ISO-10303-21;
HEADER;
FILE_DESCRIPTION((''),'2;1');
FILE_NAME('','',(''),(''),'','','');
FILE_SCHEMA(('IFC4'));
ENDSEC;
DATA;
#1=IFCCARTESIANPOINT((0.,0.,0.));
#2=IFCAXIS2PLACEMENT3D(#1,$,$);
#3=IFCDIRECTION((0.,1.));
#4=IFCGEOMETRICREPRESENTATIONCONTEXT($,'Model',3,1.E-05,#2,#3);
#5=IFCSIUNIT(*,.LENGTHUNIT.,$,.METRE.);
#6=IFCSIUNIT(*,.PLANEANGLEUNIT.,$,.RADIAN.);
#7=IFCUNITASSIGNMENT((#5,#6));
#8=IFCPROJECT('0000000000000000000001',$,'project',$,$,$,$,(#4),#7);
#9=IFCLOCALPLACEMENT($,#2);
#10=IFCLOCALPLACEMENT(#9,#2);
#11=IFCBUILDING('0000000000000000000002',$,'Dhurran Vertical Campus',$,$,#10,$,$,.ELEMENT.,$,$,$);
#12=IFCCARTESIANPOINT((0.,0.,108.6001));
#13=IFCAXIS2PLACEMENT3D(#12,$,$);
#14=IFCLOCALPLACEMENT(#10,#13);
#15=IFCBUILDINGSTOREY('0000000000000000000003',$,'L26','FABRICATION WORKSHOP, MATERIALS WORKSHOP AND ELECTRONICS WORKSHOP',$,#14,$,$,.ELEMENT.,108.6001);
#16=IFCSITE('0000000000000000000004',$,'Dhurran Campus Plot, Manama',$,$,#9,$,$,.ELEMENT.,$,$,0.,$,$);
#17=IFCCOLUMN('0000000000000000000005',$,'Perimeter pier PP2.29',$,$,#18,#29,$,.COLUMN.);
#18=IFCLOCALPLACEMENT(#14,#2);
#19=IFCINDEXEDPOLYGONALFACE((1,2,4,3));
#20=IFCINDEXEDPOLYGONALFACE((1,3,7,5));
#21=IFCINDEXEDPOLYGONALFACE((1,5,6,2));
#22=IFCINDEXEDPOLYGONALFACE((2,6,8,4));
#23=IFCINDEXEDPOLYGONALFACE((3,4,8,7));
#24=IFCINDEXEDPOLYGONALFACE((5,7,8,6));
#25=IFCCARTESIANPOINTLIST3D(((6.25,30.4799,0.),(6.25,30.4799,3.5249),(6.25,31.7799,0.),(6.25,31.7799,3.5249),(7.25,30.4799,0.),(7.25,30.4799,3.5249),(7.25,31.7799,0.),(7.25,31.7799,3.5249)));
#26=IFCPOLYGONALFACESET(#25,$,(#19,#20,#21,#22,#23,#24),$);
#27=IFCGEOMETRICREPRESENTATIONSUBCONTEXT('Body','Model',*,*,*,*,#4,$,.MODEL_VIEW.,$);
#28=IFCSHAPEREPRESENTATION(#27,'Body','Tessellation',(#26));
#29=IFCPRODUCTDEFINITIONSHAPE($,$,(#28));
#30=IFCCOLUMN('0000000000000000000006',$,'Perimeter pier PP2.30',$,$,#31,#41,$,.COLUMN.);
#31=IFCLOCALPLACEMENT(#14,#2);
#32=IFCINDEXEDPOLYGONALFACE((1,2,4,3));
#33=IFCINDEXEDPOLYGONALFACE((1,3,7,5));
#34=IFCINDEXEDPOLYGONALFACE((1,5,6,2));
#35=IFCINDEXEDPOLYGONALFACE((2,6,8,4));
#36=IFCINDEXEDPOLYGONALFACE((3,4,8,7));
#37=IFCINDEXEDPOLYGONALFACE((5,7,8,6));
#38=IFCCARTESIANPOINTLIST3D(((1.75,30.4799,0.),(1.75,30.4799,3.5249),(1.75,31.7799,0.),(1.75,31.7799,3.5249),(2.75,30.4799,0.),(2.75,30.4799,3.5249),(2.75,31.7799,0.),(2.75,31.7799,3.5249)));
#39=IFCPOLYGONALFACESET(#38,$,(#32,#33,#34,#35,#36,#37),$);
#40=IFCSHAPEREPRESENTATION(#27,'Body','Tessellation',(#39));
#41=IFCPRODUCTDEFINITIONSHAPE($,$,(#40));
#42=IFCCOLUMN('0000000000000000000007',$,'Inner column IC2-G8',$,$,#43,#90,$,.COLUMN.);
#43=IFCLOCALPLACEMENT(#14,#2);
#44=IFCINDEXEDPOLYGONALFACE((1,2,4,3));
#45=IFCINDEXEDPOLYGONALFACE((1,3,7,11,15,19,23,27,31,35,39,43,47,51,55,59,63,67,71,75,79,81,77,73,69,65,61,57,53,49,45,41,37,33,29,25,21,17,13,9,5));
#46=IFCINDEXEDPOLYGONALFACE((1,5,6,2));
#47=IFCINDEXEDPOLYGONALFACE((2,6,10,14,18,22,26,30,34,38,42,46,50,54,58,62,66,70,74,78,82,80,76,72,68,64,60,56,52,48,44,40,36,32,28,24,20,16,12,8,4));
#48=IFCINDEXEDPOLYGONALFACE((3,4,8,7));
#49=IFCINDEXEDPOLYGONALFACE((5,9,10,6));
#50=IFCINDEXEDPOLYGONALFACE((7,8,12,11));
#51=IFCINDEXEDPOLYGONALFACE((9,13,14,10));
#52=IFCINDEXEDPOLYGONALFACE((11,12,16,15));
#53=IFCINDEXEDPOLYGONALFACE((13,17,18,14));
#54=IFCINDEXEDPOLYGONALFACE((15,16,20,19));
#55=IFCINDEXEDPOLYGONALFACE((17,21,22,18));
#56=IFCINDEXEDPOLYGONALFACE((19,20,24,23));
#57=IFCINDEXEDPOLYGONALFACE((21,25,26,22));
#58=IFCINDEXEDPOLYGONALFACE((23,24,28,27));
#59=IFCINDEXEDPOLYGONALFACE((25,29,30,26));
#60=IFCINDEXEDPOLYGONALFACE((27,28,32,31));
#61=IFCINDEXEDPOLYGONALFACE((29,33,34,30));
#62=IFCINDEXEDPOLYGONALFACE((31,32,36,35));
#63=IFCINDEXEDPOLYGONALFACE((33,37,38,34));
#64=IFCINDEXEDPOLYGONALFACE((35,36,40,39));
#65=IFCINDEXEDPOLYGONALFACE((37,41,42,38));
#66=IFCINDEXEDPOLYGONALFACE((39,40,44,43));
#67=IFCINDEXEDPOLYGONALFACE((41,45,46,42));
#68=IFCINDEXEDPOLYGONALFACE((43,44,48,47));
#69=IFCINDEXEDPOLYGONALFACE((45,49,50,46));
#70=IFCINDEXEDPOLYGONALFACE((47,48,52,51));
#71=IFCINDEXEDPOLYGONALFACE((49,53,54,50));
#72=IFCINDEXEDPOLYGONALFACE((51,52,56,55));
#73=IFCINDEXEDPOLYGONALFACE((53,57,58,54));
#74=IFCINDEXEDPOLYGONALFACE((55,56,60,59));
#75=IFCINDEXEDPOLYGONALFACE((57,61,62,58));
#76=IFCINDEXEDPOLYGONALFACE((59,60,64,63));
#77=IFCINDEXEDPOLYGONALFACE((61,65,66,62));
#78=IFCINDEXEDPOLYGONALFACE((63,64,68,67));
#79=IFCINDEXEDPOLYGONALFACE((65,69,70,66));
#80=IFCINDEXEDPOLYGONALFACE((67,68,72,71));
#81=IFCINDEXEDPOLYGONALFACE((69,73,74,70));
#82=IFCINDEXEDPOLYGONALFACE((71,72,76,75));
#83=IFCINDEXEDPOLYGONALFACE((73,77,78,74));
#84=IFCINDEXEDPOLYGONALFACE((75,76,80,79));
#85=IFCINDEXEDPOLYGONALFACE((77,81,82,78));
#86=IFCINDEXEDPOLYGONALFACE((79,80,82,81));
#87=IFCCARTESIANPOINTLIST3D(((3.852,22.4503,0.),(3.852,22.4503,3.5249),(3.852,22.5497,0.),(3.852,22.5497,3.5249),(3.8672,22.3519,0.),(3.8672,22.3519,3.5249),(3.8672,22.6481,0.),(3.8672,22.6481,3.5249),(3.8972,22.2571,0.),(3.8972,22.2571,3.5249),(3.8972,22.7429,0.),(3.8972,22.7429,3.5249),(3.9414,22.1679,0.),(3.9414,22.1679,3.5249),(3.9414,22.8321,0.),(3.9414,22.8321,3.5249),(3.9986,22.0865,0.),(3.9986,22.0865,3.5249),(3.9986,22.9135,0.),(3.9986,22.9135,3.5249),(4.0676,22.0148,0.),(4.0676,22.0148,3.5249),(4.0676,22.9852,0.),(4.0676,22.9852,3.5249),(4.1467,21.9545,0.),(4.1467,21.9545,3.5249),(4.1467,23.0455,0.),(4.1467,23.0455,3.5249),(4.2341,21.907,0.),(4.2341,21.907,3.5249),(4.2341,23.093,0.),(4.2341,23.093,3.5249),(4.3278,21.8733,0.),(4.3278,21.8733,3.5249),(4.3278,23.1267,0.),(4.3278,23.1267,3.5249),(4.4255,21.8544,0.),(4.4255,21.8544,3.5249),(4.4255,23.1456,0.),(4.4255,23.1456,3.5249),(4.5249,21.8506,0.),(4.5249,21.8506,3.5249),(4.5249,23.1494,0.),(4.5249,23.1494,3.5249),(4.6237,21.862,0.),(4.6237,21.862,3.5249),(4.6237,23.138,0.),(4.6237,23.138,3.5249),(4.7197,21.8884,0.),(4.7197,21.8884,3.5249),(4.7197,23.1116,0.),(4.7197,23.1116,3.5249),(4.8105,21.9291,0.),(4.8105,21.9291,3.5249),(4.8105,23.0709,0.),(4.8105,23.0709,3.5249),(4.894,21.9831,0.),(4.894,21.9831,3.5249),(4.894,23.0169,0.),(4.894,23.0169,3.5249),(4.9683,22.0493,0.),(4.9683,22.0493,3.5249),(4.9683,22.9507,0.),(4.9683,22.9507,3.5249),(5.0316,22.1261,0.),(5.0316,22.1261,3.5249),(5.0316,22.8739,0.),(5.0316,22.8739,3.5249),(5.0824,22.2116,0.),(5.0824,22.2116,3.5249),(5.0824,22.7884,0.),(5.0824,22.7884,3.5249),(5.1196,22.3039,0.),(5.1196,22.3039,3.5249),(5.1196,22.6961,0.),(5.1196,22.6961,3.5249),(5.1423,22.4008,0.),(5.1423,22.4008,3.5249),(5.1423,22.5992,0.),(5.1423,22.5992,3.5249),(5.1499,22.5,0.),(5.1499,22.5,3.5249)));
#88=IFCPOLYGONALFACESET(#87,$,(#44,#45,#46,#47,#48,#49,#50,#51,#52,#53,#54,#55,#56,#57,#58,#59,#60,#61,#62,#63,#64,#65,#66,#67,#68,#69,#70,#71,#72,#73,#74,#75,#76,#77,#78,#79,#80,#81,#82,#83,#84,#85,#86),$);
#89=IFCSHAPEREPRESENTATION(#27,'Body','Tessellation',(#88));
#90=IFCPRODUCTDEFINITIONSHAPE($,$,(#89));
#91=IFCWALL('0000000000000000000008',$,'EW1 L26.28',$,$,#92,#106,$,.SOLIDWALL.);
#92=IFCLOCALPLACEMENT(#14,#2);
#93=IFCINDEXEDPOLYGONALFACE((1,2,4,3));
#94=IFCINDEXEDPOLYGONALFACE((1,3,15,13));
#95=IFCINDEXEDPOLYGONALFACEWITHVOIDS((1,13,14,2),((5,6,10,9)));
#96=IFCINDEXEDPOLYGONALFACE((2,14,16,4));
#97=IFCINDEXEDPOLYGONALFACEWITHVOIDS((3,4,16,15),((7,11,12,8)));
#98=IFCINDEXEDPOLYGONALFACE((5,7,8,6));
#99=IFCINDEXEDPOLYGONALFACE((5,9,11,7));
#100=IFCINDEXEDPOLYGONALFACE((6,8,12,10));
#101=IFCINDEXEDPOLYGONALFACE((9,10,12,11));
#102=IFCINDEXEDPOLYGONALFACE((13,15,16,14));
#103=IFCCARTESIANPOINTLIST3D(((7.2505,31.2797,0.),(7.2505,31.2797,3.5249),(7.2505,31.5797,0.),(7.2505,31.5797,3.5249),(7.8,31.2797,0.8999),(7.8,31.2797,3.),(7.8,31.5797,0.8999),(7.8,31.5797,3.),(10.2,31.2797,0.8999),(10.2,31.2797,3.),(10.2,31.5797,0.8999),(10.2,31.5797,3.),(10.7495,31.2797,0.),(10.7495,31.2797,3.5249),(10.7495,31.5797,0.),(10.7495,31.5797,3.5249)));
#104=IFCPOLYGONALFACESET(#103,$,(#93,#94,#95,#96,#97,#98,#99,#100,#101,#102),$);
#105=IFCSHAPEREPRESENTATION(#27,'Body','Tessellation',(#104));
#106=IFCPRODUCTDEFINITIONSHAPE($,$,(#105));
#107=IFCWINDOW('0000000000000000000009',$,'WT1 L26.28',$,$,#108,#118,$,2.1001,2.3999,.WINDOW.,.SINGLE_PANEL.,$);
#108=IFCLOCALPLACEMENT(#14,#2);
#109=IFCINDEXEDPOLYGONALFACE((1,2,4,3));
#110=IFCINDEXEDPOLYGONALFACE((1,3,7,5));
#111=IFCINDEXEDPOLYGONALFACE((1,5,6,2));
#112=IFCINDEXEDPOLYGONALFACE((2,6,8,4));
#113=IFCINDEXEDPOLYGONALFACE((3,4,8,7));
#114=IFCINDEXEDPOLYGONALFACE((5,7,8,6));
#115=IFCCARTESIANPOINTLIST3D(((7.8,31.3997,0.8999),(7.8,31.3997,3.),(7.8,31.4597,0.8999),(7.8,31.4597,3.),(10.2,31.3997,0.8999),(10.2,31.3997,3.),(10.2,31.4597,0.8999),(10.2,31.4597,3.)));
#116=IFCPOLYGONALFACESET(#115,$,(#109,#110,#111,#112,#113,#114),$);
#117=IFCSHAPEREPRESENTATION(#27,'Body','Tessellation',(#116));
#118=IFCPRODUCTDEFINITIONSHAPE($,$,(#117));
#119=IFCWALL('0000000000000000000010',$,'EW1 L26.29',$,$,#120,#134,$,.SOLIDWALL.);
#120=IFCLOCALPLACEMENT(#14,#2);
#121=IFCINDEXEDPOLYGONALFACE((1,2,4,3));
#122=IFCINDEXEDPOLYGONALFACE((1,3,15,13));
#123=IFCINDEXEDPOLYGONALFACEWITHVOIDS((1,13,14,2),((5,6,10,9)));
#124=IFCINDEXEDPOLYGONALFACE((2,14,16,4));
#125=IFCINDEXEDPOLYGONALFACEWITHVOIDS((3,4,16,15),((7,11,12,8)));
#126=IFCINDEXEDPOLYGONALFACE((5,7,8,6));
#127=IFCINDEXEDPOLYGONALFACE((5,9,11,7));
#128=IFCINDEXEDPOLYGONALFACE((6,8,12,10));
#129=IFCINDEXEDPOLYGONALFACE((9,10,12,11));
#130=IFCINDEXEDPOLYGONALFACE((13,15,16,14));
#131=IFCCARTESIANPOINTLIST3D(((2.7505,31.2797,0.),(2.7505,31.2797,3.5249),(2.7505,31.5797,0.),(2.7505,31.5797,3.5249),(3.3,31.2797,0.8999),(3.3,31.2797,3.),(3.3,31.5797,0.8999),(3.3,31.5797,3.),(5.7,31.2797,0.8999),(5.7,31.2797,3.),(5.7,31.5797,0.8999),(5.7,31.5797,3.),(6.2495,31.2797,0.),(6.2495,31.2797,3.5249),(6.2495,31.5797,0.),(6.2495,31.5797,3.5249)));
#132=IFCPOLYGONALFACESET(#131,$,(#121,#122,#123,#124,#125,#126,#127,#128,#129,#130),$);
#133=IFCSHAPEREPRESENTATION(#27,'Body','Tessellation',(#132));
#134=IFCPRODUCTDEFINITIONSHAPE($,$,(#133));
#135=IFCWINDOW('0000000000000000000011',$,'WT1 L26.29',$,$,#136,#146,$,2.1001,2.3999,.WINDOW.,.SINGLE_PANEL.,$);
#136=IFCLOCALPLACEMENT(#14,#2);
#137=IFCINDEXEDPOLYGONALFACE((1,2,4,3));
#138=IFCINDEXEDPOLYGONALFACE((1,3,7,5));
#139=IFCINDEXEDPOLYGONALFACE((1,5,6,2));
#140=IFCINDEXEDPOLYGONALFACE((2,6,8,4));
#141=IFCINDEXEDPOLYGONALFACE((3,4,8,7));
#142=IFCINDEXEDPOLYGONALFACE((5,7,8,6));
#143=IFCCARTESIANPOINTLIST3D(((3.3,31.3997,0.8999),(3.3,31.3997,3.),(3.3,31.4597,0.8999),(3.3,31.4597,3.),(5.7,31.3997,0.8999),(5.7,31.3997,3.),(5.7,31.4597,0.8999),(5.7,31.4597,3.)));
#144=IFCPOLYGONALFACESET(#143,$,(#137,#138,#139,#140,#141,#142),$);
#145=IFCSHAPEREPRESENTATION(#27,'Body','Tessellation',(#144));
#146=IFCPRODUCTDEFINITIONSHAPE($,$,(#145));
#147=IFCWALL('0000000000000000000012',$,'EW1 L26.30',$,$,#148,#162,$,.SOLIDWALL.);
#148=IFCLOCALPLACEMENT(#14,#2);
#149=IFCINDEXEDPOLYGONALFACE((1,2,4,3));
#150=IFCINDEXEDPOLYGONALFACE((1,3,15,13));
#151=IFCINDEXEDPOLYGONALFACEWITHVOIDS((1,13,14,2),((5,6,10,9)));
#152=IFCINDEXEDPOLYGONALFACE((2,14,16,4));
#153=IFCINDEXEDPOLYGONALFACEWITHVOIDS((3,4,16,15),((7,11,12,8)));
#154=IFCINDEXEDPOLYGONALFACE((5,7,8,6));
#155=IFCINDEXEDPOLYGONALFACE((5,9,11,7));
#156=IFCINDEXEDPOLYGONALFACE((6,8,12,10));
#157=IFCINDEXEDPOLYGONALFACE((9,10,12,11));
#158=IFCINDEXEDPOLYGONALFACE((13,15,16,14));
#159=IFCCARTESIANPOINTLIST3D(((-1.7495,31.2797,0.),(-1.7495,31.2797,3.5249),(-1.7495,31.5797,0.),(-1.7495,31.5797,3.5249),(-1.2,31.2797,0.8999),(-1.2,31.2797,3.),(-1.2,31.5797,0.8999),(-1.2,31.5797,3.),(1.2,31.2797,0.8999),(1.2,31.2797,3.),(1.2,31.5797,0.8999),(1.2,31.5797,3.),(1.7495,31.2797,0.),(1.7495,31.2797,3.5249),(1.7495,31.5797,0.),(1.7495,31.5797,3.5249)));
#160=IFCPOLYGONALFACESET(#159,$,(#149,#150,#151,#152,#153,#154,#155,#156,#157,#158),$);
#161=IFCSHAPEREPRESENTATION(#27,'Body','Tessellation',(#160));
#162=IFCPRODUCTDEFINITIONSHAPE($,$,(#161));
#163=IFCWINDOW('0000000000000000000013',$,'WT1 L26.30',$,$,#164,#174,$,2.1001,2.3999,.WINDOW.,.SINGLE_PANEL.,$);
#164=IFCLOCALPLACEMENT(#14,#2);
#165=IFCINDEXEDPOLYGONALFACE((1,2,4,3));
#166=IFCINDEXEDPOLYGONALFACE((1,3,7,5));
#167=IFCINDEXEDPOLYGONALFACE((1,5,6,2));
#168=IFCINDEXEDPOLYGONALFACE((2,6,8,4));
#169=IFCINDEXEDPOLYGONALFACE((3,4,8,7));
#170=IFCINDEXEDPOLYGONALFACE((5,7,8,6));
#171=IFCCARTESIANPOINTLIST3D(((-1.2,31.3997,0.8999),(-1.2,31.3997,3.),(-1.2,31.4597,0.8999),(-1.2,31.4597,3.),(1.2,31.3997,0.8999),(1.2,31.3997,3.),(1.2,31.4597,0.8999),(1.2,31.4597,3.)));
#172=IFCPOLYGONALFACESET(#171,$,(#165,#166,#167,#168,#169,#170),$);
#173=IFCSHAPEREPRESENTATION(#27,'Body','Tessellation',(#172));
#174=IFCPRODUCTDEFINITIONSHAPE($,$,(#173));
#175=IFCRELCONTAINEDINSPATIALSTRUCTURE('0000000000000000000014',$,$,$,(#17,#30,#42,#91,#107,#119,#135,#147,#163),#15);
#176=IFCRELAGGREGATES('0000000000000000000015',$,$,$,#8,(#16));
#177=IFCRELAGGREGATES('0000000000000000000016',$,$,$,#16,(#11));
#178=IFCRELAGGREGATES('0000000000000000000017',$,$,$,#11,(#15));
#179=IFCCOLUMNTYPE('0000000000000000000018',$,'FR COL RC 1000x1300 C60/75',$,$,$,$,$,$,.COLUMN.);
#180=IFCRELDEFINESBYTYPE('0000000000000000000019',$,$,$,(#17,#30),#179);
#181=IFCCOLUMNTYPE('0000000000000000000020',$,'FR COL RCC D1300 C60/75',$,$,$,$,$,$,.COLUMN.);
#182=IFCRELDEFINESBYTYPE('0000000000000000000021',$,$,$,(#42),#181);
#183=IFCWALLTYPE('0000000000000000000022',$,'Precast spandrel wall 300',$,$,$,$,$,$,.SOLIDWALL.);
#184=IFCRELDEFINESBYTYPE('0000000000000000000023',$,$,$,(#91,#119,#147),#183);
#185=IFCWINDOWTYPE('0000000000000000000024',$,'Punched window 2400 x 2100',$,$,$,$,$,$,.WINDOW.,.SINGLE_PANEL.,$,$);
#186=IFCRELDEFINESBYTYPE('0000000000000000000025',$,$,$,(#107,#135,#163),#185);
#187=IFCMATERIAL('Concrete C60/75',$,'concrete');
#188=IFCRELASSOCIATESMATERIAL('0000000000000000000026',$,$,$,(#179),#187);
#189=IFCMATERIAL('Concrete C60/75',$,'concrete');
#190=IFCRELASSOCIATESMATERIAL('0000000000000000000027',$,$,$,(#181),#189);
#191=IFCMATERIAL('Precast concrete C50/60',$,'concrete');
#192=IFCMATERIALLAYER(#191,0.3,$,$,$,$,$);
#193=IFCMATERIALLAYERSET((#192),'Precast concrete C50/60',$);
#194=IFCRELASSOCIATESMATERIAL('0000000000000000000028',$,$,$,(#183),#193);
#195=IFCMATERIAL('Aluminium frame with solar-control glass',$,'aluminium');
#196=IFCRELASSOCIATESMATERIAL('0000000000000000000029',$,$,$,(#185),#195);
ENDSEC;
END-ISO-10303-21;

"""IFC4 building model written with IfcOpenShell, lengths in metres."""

from ifc_helpers import new_model, si_unit, direction, frame, frame_2d, origin, origin_2d, place, context, subcontext, project, spatial, rectangle, circle, extrude, material, layer, layer_set, material_profile, profile_set, type_object, element, fill, save


model = new_model("IFC4")

# Units and contexts
model_context = context("Model", 3, precision=1e-05, world=origin(), true_north=direction((0.0, 1.0)))
body_context = subcontext(model_context, "Body", "Model", "MODEL_VIEW")
ifc_project = project(units=[si_unit("LENGTHUNIT", "METRE"), si_unit("PLANEANGLEUNIT", "RADIAN")], contexts=[model_context])

# Site, building, storey
site_placement = place(None, origin())
site = spatial("IfcSite", under=ifc_project, at=site_placement, Name="Dhurran Campus Plot, Manama", CompositionType="ELEMENT", RefElevation=0.0)
building_placement = place(site_placement, origin())
building = spatial("IfcBuilding", under=site, at=building_placement, Name="Dhurran Vertical Campus", CompositionType="ELEMENT")
storey_placement = place(building_placement, frame((0.0, 0.0, 108.6001)))
storey = spatial("IfcBuildingStorey", under=building, at=storey_placement, Name="L26", Description="FABRICATION WORKSHOP, MATERIALS WORKSHOP AND ELECTRONICS WORKSHOP", CompositionType="ELEMENT", Elevation=108.6001)

# Columns
ifc_material_1 = material(Name="Concrete C60/75", Category="concrete")
ifc_material_profile_1 = material_profile(ifc_material_1, rectangle(XDim=1.0, YDim=1.3, at=origin_2d()), Name="RC 1000x1300")
ifc_profile_set_1 = profile_set([ifc_material_profile_1], Name="Concrete C60/75")
column_type_1 = type_object("IfcColumnType", Name="FR COL RC 1000x1300 C60/75", PredefinedType="COLUMN", material=ifc_profile_set_1)
for number, where, z_axis, x_axis, name in (
    (1, (6.75, 31.1299, 0.0), (0.0, 0.0, 1.0), (-1.0, 0.0, 0.0), "Perimeter pier PP2.29"),
    (2, (2.25, 31.1299, 0.0), (0.0, 0.0, 1.0), (-1.0, 0.0, 0.0), "Perimeter pier PP2.30"),
):
    element("IfcColumn", number, at=place(storey_placement, frame(where, z_axis=z_axis, x_axis=x_axis)), inside=storey, type_object=column_type_1, Name=name, PredefinedType="COLUMN", context=body_context, shape_type="SweptSolid", body=[
        extrude(rectangle(XDim=1.0, YDim=1.3, at=origin_2d()), origin(), (0.0, 0.0, 1.0), 3.5249),
    ])
ifc_material_2 = material(Name="Concrete C60/75", Category="concrete")
ifc_material_profile_2 = material_profile(ifc_material_2, circle(Radius=0.6499, at=origin_2d()), Name="RCC D1300")
ifc_profile_set_2 = profile_set([ifc_material_profile_2], Name="Concrete C60/75")
column_type_2 = type_object("IfcColumnType", Name="FR COL RCC D1300 C60/75", PredefinedType="COLUMN", material=ifc_profile_set_2)
column_placement = place(storey_placement, frame((4.5, 22.5, 0.0), z_axis=(0.0, 0.0, 1.0), x_axis=(1.0, 0.0, 0.0)))
element("IfcColumn", 3, at=column_placement, inside=storey, type_object=column_type_2, Name="Inner column IC2-G8", PredefinedType="COLUMN", context=body_context, shape_type="SweptSolid", body=[
    extrude(circle(Radius=0.6499, at=origin_2d()), origin(), (0.0, 0.0, 1.0), 3.5249),
])

# Walls, openings, windows
ifc_material_3 = material(Name="Precast concrete C50/60", Category="concrete")
ifc_layer_1 = layer(ifc_material_3, 0.3)
ifc_layer_set_1 = layer_set([ifc_layer_1], Name="Precast concrete C50/60")
wall_type_1 = type_object("IfcWallType", Name="Precast spandrel wall 300", PredefinedType="SOLIDWALL", material=ifc_layer_set_1)
wall_1_placement = place(storey_placement, frame((10.7495, 31.4297, 0.0), z_axis=(0.0, 0.0, 1.0), x_axis=(-1.0, 0.0, 0.0)))
wall_1 = element("IfcWall", 4, at=wall_1_placement, inside=storey, type_object=wall_type_1, Name="EW1 L26.28", PredefinedType="SOLIDWALL", context=body_context, shape_type="SweptSolid", body=[
    extrude(rectangle(XDim=3.499, YDim=0.3, at=frame_2d((1.7495, 0.0))), origin(), (0.0, 0.0, 1.0), 3.5249),
])
opening_1_placement = place(wall_1_placement, frame((0.5496, 0.0, 0.8999)))
opening_1 = element("IfcOpeningElement", 5, at=opening_1_placement, cuts=wall_1, PredefinedType="OPENING", context=body_context, shape_type="SweptSolid", body=[
    extrude(rectangle(XDim=2.3999, YDim=2.1001, at=frame_2d((1.2, 1.05))), frame((0.0, 0.1599, 0.0), z_axis=(0.0, -1.0, 0.0), x_axis=(1.0, 0.0, 0.0)), (0.0, 0.0, 1.0), 0.3201),
])
ifc_material_4 = material(Name="Aluminium frame with solar-control glass", Category="aluminium")
window_type = type_object("IfcWindowType", Name="Punched window 2400 x 2100", PartitioningType="SINGLE_PANEL", PredefinedType="WINDOW", material=ifc_material_4)
window_1_placement = place(opening_1_placement, origin())
window_1 = element("IfcWindow", 6, at=window_1_placement, inside=storey, type_object=window_type, Name="WT1 L26.28", OverallHeight=2.1001, OverallWidth=2.3999, PartitioningType="SINGLE_PANEL", PredefinedType="WINDOW", context=body_context, shape_type="SweptSolid", body=[
    extrude(rectangle(XDim=2.3999, YDim=2.1001, at=frame_2d((1.2, 1.05))), frame((0.0, 0.03, 0.0), z_axis=(0.0, -1.0, 0.0), x_axis=(1.0, 0.0, 0.0)), (0.0, 0.0, 1.0), 0.0601),
])
fill(opening_1, window_1)
wall_2_placement = place(storey_placement, frame((6.2495, 31.4297, 0.0), z_axis=(0.0, 0.0, 1.0), x_axis=(-1.0, 0.0, 0.0)))
wall_2 = element("IfcWall", 7, at=wall_2_placement, inside=storey, type_object=wall_type_1, Name="EW1 L26.29", PredefinedType="SOLIDWALL", context=body_context, shape_type="SweptSolid", body=[
    extrude(rectangle(XDim=3.499, YDim=0.3, at=frame_2d((1.7495, 0.0))), origin(), (0.0, 0.0, 1.0), 3.5249),
])
opening_2_placement = place(wall_2_placement, frame((0.5496, 0.0, 0.8999)))
opening_2 = element("IfcOpeningElement", 8, at=opening_2_placement, cuts=wall_2, PredefinedType="OPENING", context=body_context, shape_type="SweptSolid", body=[
    extrude(rectangle(XDim=2.3999, YDim=2.1001, at=frame_2d((1.2, 1.05))), frame((0.0, 0.1599, 0.0), z_axis=(0.0, -1.0, 0.0), x_axis=(1.0, 0.0, 0.0)), (0.0, 0.0, 1.0), 0.3201),
])
window_2_placement = place(opening_2_placement, origin())
window_2 = element("IfcWindow", 9, at=window_2_placement, inside=storey, type_object=window_type, Name="WT1 L26.29", OverallHeight=2.1001, OverallWidth=2.3999, PartitioningType="SINGLE_PANEL", PredefinedType="WINDOW", context=body_context, shape_type="SweptSolid", body=[
    extrude(rectangle(XDim=2.3999, YDim=2.1001, at=frame_2d((1.2, 1.05))), frame((0.0, 0.03, 0.0), z_axis=(0.0, -1.0, 0.0), x_axis=(1.0, 0.0, 0.0)), (0.0, 0.0, 1.0), 0.0601),
])
fill(opening_2, window_2)
wall_3_placement = place(storey_placement, frame((1.7495, 31.4297, 0.0), z_axis=(0.0, 0.0, 1.0), x_axis=(-1.0, 0.0, 0.0)))
wall_3 = element("IfcWall", 10, at=wall_3_placement, inside=storey, type_object=wall_type_1, Name="EW1 L26.30", PredefinedType="SOLIDWALL", context=body_context, shape_type="SweptSolid", body=[
    extrude(rectangle(XDim=3.499, YDim=0.3, at=frame_2d((1.7495, 0.0))), origin(), (0.0, 0.0, 1.0), 3.5249),
])
opening_3_placement = place(wall_3_placement, frame((0.5496, 0.0, 0.8999)))
opening_3 = element("IfcOpeningElement", 11, at=opening_3_placement, cuts=wall_3, PredefinedType="OPENING", context=body_context, shape_type="SweptSolid", body=[
    extrude(rectangle(XDim=2.3999, YDim=2.1001, at=frame_2d((1.2, 1.05))), frame((0.0, 0.1599, 0.0), z_axis=(0.0, -1.0, 0.0), x_axis=(1.0, 0.0, 0.0)), (0.0, 0.0, 1.0), 0.3201),
])
window_3_placement = place(opening_3_placement, origin())
window_3 = element("IfcWindow", 12, at=window_3_placement, inside=storey, type_object=window_type, Name="WT1 L26.30", OverallHeight=2.1001, OverallWidth=2.3999, PartitioningType="SINGLE_PANEL", PredefinedType="WINDOW", context=body_context, shape_type="SweptSolid", body=[
    extrude(rectangle(XDim=2.3999, YDim=2.1001, at=frame_2d((1.2, 1.05))), frame((0.0, 0.03, 0.0), z_axis=(0.0, -1.0, 0.0), x_axis=(1.0, 0.0, 0.0)), (0.0, 0.0, 1.0), 0.0601),
])
fill(opening_3, window_3)

save(model, "model.ifc")
